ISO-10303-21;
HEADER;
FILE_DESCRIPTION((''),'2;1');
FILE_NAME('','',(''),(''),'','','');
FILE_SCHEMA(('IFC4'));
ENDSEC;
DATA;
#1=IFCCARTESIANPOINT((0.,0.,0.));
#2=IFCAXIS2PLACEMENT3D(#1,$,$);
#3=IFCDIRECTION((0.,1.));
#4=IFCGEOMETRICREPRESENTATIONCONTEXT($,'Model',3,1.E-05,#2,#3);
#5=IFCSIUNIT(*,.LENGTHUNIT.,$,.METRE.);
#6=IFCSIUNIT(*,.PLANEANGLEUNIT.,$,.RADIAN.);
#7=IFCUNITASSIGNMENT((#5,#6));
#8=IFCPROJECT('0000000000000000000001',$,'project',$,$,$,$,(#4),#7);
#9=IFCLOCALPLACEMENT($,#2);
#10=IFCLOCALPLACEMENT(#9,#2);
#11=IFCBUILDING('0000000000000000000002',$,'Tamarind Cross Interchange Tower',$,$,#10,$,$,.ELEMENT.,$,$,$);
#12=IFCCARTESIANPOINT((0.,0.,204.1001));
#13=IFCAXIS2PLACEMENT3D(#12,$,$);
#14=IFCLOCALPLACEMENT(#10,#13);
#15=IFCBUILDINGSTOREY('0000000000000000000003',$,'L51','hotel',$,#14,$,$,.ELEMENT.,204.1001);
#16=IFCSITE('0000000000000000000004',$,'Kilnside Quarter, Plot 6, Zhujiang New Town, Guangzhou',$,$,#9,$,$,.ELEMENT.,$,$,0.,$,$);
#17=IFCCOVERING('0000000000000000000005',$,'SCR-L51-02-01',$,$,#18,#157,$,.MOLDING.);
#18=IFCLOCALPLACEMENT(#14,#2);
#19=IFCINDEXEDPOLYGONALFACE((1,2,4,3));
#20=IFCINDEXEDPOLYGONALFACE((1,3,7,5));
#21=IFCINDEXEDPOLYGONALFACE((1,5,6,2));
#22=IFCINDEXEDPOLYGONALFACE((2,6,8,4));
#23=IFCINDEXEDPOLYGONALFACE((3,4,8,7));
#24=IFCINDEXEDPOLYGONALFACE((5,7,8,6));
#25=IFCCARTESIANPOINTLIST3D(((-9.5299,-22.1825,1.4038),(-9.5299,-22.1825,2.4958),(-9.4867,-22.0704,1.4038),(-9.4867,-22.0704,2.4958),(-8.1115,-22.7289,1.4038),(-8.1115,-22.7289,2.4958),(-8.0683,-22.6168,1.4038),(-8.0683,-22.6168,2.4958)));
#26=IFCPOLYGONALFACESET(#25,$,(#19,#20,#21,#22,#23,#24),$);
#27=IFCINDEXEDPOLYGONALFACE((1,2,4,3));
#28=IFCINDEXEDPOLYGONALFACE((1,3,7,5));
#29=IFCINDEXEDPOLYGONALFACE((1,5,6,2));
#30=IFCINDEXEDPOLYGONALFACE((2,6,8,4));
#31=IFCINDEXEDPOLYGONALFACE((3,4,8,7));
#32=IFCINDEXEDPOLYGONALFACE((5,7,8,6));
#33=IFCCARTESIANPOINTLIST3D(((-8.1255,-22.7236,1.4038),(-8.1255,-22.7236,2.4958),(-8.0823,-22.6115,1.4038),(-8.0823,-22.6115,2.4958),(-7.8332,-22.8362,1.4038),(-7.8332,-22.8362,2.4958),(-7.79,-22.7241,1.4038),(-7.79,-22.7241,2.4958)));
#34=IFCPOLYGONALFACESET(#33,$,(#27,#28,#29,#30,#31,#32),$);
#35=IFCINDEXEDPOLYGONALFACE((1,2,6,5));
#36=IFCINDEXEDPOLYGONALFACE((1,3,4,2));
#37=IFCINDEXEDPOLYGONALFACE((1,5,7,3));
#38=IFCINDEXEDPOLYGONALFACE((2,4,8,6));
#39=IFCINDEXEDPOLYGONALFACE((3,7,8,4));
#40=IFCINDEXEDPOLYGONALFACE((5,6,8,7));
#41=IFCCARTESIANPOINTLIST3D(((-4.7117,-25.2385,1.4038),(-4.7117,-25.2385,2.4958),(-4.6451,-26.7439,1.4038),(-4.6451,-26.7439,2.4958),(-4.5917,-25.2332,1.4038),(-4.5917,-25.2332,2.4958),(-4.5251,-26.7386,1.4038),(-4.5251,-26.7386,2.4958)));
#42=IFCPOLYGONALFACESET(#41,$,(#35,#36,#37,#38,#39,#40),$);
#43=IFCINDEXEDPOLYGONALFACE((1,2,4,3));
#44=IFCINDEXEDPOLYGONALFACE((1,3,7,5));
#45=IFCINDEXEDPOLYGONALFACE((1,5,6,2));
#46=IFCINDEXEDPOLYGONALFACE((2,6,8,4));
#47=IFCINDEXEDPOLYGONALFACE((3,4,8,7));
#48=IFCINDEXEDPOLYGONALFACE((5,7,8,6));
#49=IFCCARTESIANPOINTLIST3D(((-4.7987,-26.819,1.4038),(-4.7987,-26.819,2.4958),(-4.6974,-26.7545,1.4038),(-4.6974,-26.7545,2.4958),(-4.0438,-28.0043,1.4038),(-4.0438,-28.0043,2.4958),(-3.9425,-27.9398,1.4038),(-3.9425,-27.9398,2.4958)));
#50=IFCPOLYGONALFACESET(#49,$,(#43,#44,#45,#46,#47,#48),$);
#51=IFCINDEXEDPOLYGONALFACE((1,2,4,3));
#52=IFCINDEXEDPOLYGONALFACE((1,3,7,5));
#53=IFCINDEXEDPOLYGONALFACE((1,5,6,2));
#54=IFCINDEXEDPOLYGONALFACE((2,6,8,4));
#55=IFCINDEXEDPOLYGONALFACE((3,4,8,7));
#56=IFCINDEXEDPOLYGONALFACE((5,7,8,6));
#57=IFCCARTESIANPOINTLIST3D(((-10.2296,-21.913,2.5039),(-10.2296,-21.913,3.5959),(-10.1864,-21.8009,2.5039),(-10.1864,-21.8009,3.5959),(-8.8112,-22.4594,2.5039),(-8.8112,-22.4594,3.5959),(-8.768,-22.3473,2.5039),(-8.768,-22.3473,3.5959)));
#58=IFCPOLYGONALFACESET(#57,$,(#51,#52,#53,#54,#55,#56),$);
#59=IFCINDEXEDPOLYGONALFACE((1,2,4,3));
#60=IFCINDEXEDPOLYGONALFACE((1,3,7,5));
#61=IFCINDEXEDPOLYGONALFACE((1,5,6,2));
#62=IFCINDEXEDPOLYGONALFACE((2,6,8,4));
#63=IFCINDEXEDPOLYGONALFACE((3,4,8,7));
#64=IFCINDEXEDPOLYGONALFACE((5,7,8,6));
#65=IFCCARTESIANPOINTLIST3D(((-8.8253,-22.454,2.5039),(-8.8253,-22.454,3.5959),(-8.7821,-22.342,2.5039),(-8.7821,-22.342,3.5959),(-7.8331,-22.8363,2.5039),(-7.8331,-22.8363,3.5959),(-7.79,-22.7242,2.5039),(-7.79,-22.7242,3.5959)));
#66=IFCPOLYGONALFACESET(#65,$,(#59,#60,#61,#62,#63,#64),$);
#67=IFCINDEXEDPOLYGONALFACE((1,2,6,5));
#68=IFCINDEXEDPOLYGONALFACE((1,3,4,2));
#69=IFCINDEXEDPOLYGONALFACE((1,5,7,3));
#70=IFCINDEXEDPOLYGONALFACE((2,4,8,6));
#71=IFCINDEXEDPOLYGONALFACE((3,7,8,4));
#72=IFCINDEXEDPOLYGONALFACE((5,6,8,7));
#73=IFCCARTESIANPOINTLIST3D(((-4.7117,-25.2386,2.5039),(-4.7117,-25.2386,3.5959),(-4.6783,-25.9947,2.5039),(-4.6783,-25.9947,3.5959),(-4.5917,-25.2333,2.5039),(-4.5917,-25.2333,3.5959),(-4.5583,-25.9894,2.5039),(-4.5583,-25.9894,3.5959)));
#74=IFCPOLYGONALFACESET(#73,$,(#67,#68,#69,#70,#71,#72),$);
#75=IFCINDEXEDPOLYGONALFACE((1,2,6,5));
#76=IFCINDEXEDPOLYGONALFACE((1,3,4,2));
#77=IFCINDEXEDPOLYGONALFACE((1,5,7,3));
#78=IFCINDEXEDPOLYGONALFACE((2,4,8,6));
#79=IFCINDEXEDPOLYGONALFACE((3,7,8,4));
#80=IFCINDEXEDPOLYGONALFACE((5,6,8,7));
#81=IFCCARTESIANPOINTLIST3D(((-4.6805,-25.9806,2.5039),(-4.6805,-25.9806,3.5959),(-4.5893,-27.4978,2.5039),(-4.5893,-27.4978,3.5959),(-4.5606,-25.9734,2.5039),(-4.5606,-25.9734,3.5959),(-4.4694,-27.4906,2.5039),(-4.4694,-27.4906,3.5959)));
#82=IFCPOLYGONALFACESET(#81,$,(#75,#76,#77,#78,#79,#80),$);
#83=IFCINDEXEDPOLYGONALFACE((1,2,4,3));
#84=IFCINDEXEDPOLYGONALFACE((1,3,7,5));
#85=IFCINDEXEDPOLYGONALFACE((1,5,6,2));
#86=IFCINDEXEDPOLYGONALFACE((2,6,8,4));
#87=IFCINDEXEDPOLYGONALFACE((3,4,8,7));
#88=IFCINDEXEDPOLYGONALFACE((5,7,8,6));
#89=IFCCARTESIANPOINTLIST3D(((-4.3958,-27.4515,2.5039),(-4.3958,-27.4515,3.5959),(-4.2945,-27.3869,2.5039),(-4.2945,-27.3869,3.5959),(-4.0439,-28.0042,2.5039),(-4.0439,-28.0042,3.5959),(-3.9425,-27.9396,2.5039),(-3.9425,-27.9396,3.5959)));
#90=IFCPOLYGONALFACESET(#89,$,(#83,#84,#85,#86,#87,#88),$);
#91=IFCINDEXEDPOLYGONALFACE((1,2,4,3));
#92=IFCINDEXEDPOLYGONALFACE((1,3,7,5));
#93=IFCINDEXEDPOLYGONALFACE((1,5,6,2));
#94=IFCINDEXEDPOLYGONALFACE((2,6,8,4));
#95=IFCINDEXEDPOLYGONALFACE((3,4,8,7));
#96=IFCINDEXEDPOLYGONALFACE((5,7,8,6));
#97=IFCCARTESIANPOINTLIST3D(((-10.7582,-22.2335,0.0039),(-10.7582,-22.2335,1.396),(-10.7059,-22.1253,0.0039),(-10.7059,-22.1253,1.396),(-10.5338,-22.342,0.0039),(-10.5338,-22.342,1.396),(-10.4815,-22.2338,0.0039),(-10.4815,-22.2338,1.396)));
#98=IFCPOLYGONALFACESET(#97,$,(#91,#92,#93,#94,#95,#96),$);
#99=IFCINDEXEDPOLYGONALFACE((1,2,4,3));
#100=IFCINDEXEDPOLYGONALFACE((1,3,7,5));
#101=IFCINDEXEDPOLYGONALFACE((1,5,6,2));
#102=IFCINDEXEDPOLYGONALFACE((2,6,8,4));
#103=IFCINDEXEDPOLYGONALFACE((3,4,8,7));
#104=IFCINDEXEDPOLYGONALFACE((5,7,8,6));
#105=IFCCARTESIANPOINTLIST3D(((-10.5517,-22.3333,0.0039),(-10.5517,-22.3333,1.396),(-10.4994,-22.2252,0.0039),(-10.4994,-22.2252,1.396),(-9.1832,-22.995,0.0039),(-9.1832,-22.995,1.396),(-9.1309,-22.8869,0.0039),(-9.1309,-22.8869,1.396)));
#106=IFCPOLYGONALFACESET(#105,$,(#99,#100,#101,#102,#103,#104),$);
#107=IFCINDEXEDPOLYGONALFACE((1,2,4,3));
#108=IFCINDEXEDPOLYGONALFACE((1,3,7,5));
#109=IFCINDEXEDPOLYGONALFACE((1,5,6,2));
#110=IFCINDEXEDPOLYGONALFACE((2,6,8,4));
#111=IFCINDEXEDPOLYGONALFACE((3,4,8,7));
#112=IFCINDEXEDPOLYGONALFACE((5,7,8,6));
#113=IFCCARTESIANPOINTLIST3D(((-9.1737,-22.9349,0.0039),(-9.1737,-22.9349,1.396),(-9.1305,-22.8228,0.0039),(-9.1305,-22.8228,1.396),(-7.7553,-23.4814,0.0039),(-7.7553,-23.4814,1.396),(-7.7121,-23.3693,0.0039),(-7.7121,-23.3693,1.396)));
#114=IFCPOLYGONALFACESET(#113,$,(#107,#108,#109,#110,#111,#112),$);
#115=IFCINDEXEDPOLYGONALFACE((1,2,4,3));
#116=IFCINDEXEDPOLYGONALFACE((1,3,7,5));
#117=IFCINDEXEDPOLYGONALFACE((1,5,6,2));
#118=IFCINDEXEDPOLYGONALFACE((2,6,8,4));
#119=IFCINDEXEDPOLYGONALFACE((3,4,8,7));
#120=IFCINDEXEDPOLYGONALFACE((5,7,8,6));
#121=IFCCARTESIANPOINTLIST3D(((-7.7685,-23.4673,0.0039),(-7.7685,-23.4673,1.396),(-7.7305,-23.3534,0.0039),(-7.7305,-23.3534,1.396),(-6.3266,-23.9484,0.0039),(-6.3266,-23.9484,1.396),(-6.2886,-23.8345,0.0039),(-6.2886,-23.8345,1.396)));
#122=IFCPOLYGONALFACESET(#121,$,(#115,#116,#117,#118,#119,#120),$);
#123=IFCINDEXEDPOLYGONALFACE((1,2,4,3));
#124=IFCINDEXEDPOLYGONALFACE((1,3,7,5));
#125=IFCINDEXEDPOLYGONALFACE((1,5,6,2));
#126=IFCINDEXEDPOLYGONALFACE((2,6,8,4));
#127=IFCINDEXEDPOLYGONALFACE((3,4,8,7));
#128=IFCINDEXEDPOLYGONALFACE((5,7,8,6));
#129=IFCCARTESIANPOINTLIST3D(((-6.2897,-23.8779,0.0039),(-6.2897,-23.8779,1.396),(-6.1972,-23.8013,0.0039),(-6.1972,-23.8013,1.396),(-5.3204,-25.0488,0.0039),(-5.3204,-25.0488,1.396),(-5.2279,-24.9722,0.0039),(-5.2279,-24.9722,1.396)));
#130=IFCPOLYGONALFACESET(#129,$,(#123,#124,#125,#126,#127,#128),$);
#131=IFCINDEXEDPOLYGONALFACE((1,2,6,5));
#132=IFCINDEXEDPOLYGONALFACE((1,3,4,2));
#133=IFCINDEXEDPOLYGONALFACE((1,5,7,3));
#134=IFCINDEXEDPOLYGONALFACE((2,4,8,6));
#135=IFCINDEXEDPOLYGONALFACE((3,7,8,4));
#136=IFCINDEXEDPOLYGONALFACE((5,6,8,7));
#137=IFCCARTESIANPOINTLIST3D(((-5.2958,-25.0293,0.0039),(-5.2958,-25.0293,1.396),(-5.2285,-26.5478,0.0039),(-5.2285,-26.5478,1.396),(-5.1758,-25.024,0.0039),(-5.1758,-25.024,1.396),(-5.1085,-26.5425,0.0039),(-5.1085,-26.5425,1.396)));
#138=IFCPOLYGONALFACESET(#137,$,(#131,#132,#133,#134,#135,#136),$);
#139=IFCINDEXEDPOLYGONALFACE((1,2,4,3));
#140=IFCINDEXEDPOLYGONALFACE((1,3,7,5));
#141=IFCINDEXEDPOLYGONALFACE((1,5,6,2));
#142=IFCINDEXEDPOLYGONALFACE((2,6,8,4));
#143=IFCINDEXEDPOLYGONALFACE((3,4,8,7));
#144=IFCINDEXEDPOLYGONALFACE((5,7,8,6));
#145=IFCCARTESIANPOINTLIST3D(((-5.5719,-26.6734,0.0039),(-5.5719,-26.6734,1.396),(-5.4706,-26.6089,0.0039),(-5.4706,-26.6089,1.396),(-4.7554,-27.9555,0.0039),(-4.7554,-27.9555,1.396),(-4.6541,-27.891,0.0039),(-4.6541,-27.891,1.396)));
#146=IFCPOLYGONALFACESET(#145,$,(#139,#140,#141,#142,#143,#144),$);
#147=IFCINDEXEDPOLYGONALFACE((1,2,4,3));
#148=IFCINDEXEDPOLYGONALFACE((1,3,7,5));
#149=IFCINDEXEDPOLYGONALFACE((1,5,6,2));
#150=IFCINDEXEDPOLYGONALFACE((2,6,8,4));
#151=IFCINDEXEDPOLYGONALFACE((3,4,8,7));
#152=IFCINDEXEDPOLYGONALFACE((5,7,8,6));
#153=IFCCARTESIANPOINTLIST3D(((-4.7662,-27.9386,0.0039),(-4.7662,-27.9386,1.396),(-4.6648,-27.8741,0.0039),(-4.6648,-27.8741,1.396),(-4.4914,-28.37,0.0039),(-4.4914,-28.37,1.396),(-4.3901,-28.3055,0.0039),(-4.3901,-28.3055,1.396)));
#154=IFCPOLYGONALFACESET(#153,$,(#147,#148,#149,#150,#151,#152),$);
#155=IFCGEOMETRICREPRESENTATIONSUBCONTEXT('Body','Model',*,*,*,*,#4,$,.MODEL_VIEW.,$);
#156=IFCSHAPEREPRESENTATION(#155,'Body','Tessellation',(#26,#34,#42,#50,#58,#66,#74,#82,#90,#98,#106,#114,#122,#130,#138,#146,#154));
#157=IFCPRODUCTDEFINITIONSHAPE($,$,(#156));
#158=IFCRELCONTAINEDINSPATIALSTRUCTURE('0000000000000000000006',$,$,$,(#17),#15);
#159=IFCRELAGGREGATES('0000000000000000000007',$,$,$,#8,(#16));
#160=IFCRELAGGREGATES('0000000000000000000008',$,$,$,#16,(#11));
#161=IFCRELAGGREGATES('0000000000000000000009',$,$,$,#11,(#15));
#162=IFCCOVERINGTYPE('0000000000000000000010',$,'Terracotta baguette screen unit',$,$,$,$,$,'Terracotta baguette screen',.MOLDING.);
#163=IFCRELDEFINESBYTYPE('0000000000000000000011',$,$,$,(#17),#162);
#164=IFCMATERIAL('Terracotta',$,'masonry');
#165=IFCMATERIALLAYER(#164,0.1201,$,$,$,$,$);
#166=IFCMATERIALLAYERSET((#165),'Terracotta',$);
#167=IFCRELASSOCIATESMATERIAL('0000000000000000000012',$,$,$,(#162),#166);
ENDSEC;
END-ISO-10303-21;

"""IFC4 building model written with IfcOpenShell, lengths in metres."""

from ifc_helpers import new_model, si_unit, direction, frame, origin, origin_2d, place, context, subcontext, project, spatial, rectangle, extrude, material, layer, layer_set, type_object, element, save


model = new_model("IFC4")

# Units and contexts
model_context = context("Model", 3, precision=1e-05, world=origin(), true_north=direction((0.0, 1.0)))
body_context = subcontext(model_context, "Body", "Model", "MODEL_VIEW")
ifc_project = project(units=[si_unit("LENGTHUNIT", "METRE"), si_unit("PLANEANGLEUNIT", "RADIAN")], contexts=[model_context])

# Site, building, storey
site_placement = place(None, origin())
site = spatial("IfcSite", under=ifc_project, at=site_placement, Name="Kilnside Quarter, Plot 6, Zhujiang New Town, Guangzhou", CompositionType="ELEMENT", RefElevation=0.0)
building_placement = place(site_placement, origin())
building = spatial("IfcBuilding", under=site, at=building_placement, Name="Tamarind Cross Interchange Tower", CompositionType="ELEMENT")
storey_placement = place(building_placement, frame((0.0, 0.0, 204.1001)))
storey = spatial("IfcBuildingStorey", under=building, at=storey_placement, Name="L51", Description="hotel", CompositionType="ELEMENT", Elevation=204.1001)

# Covering
ifc_material_1 = material(Name="Terracotta", Category="masonry")
ifc_layer_1 = layer(ifc_material_1, 0.1201)
ifc_layer_set_1 = layer_set([ifc_layer_1], Name="Terracotta")
covering_type = type_object("IfcCoveringType", Name="Terracotta baguette screen unit", ElementType="Terracotta baguette screen", PredefinedType="MOLDING", material=ifc_layer_set_1)
covering_1_placement = place(storey_placement, origin())
element("IfcCovering", 1, at=covering_1_placement, inside=storey, type_object=covering_type, Name="SCR-L51-02-01", PredefinedType="MOLDING", context=body_context, shape_type="SweptSolid", body=[
    extrude(rectangle(XDim=1.52, YDim=0.1201, at=origin_2d()), frame((-8.7991, -22.3997, 1.4038), z_axis=(0.0, 0.0, 1.0), x_axis=(0.933147, -0.359495, 0.0)), (0.0, 0.0, 1.0), 1.092),
    extrude(rectangle(XDim=0.3132, YDim=0.1201, at=origin_2d()), frame((-7.9578, -22.7239, 1.4038), z_axis=(0.0, 0.0, 1.0), x_axis=(0.933147, -0.359495, 0.0)), (0.0, 0.0, 1.0), 1.092),
    extrude(rectangle(XDim=1.5068, YDim=0.1201, at=origin_2d()), frame((-4.6184, -25.9885, 1.4038), z_axis=(0.0, 0.0, 1.0), x_axis=(0.044217, -0.999022, 0.0)), (0.0, 0.0, 1.0), 1.092),
    extrude(rectangle(XDim=1.4053, YDim=0.1201, at=origin_2d()), frame((-4.3706, -27.3794, 1.4038), z_axis=(0.0, 0.0, 1.0), x_axis=(0.53717, -0.843474, 0.0)), (0.0, 0.0, 1.0), 1.092),
    extrude(rectangle(XDim=1.52, YDim=0.1201, at=origin_2d()), frame((-9.4988, -22.1301, 2.5039), z_axis=(0.0, 0.0, 1.0), x_axis=(0.933147, -0.359495, 0.0)), (0.0, 0.0, 1.0), 1.092),
    extrude(rectangle(XDim=1.0632, YDim=0.1201, at=origin_2d()), frame((-8.3076, -22.5891, 2.5039), z_axis=(0.0, 0.0, 1.0), x_axis=(0.933147, -0.359495, 0.0)), (0.0, 0.0, 1.0), 1.092),
    extrude(rectangle(XDim=0.7568, YDim=0.1201, at=origin_2d()), frame((-4.635, -25.614, 2.5039), z_axis=(0.0, 0.0, 1.0), x_axis=(0.044217, -0.999022, 0.0)), (0.0, 0.0, 1.0), 1.092),
    extrude(rectangle(XDim=1.52, YDim=0.1201, at=origin_2d()), frame((-4.575, -26.7356, 2.5039), z_axis=(0.0, 0.0, 1.0), x_axis=(0.060032, -0.998196, 0.0)), (0.0, 0.0, 1.0), 1.092),
    extrude(rectangle(XDim=0.6553, YDim=0.1201, at=origin_2d()), frame((-4.1692, -27.6956, 2.5039), z_axis=(0.0, 0.0, 1.0), x_axis=(0.53717, -0.843474, 0.0)), (0.0, 0.0, 1.0), 1.092),
    extrude(rectangle(XDim=0.2493, YDim=0.1201, at=origin_2d()), frame((-10.6199, -22.2336, 0.0039), z_axis=(0.0, 0.0, 1.0), x_axis=(0.900273, -0.435326, 0.0)), (0.0, 0.0, 1.0), 1.3921),
    extrude(rectangle(XDim=1.52, YDim=0.1201, at=origin_2d()), frame((-9.8413, -22.6101, 0.0039), z_axis=(0.0, 0.0, 1.0), x_axis=(0.900273, -0.435326, 0.0)), (0.0, 0.0, 1.0), 1.3921),
    extrude(rectangle(XDim=1.52, YDim=0.1201, at=origin_2d()), frame((-8.4429, -23.1521, 0.0039), z_axis=(0.0, 0.0, 1.0), x_axis=(0.933147, -0.359495, 0.0)), (0.0, 0.0, 1.0), 1.3921),
    extrude(rectangle(XDim=1.52, YDim=0.1201, at=origin_2d()), frame((-7.0286, -23.6509, 0.0039), z_axis=(0.0, 0.0, 1.0), x_axis=(0.948592, -0.316502, 0.0)), (0.0, 0.0, 1.0), 1.3921),
    extrude(rectangle(XDim=1.52, YDim=0.1201, at=origin_2d()), frame((-5.7588, -24.425, 0.0039), z_axis=(0.0, 0.0, 1.0), x_axis=(0.637684, -0.770298, 0.0)), (0.0, 0.0, 1.0), 1.3921),
    extrude(rectangle(XDim=1.52, YDim=0.1201, at=origin_2d()), frame((-5.2021, -25.7859, 0.0039), z_axis=(0.0, 0.0, 1.0), x_axis=(0.044217, -0.999022, 0.0)), (0.0, 0.0, 1.0), 1.3921),
    extrude(rectangle(XDim=1.52, YDim=0.1201, at=origin_2d()), frame((-5.113, -27.2822, 0.0039), z_axis=(0.0, 0.0, 1.0), x_axis=(0.53717, -0.843474, 0.0)), (0.0, 0.0, 1.0), 1.3921),
    extrude(rectangle(XDim=0.5115, YDim=0.1201, at=origin_2d()), frame((-4.5781, -28.1221, 0.0039), z_axis=(0.0, 0.0, 1.0), x_axis=(0.53717, -0.843474, 0.0)), (0.0, 0.0, 1.0), 1.3921),
])

save(model, "model.ifc")
